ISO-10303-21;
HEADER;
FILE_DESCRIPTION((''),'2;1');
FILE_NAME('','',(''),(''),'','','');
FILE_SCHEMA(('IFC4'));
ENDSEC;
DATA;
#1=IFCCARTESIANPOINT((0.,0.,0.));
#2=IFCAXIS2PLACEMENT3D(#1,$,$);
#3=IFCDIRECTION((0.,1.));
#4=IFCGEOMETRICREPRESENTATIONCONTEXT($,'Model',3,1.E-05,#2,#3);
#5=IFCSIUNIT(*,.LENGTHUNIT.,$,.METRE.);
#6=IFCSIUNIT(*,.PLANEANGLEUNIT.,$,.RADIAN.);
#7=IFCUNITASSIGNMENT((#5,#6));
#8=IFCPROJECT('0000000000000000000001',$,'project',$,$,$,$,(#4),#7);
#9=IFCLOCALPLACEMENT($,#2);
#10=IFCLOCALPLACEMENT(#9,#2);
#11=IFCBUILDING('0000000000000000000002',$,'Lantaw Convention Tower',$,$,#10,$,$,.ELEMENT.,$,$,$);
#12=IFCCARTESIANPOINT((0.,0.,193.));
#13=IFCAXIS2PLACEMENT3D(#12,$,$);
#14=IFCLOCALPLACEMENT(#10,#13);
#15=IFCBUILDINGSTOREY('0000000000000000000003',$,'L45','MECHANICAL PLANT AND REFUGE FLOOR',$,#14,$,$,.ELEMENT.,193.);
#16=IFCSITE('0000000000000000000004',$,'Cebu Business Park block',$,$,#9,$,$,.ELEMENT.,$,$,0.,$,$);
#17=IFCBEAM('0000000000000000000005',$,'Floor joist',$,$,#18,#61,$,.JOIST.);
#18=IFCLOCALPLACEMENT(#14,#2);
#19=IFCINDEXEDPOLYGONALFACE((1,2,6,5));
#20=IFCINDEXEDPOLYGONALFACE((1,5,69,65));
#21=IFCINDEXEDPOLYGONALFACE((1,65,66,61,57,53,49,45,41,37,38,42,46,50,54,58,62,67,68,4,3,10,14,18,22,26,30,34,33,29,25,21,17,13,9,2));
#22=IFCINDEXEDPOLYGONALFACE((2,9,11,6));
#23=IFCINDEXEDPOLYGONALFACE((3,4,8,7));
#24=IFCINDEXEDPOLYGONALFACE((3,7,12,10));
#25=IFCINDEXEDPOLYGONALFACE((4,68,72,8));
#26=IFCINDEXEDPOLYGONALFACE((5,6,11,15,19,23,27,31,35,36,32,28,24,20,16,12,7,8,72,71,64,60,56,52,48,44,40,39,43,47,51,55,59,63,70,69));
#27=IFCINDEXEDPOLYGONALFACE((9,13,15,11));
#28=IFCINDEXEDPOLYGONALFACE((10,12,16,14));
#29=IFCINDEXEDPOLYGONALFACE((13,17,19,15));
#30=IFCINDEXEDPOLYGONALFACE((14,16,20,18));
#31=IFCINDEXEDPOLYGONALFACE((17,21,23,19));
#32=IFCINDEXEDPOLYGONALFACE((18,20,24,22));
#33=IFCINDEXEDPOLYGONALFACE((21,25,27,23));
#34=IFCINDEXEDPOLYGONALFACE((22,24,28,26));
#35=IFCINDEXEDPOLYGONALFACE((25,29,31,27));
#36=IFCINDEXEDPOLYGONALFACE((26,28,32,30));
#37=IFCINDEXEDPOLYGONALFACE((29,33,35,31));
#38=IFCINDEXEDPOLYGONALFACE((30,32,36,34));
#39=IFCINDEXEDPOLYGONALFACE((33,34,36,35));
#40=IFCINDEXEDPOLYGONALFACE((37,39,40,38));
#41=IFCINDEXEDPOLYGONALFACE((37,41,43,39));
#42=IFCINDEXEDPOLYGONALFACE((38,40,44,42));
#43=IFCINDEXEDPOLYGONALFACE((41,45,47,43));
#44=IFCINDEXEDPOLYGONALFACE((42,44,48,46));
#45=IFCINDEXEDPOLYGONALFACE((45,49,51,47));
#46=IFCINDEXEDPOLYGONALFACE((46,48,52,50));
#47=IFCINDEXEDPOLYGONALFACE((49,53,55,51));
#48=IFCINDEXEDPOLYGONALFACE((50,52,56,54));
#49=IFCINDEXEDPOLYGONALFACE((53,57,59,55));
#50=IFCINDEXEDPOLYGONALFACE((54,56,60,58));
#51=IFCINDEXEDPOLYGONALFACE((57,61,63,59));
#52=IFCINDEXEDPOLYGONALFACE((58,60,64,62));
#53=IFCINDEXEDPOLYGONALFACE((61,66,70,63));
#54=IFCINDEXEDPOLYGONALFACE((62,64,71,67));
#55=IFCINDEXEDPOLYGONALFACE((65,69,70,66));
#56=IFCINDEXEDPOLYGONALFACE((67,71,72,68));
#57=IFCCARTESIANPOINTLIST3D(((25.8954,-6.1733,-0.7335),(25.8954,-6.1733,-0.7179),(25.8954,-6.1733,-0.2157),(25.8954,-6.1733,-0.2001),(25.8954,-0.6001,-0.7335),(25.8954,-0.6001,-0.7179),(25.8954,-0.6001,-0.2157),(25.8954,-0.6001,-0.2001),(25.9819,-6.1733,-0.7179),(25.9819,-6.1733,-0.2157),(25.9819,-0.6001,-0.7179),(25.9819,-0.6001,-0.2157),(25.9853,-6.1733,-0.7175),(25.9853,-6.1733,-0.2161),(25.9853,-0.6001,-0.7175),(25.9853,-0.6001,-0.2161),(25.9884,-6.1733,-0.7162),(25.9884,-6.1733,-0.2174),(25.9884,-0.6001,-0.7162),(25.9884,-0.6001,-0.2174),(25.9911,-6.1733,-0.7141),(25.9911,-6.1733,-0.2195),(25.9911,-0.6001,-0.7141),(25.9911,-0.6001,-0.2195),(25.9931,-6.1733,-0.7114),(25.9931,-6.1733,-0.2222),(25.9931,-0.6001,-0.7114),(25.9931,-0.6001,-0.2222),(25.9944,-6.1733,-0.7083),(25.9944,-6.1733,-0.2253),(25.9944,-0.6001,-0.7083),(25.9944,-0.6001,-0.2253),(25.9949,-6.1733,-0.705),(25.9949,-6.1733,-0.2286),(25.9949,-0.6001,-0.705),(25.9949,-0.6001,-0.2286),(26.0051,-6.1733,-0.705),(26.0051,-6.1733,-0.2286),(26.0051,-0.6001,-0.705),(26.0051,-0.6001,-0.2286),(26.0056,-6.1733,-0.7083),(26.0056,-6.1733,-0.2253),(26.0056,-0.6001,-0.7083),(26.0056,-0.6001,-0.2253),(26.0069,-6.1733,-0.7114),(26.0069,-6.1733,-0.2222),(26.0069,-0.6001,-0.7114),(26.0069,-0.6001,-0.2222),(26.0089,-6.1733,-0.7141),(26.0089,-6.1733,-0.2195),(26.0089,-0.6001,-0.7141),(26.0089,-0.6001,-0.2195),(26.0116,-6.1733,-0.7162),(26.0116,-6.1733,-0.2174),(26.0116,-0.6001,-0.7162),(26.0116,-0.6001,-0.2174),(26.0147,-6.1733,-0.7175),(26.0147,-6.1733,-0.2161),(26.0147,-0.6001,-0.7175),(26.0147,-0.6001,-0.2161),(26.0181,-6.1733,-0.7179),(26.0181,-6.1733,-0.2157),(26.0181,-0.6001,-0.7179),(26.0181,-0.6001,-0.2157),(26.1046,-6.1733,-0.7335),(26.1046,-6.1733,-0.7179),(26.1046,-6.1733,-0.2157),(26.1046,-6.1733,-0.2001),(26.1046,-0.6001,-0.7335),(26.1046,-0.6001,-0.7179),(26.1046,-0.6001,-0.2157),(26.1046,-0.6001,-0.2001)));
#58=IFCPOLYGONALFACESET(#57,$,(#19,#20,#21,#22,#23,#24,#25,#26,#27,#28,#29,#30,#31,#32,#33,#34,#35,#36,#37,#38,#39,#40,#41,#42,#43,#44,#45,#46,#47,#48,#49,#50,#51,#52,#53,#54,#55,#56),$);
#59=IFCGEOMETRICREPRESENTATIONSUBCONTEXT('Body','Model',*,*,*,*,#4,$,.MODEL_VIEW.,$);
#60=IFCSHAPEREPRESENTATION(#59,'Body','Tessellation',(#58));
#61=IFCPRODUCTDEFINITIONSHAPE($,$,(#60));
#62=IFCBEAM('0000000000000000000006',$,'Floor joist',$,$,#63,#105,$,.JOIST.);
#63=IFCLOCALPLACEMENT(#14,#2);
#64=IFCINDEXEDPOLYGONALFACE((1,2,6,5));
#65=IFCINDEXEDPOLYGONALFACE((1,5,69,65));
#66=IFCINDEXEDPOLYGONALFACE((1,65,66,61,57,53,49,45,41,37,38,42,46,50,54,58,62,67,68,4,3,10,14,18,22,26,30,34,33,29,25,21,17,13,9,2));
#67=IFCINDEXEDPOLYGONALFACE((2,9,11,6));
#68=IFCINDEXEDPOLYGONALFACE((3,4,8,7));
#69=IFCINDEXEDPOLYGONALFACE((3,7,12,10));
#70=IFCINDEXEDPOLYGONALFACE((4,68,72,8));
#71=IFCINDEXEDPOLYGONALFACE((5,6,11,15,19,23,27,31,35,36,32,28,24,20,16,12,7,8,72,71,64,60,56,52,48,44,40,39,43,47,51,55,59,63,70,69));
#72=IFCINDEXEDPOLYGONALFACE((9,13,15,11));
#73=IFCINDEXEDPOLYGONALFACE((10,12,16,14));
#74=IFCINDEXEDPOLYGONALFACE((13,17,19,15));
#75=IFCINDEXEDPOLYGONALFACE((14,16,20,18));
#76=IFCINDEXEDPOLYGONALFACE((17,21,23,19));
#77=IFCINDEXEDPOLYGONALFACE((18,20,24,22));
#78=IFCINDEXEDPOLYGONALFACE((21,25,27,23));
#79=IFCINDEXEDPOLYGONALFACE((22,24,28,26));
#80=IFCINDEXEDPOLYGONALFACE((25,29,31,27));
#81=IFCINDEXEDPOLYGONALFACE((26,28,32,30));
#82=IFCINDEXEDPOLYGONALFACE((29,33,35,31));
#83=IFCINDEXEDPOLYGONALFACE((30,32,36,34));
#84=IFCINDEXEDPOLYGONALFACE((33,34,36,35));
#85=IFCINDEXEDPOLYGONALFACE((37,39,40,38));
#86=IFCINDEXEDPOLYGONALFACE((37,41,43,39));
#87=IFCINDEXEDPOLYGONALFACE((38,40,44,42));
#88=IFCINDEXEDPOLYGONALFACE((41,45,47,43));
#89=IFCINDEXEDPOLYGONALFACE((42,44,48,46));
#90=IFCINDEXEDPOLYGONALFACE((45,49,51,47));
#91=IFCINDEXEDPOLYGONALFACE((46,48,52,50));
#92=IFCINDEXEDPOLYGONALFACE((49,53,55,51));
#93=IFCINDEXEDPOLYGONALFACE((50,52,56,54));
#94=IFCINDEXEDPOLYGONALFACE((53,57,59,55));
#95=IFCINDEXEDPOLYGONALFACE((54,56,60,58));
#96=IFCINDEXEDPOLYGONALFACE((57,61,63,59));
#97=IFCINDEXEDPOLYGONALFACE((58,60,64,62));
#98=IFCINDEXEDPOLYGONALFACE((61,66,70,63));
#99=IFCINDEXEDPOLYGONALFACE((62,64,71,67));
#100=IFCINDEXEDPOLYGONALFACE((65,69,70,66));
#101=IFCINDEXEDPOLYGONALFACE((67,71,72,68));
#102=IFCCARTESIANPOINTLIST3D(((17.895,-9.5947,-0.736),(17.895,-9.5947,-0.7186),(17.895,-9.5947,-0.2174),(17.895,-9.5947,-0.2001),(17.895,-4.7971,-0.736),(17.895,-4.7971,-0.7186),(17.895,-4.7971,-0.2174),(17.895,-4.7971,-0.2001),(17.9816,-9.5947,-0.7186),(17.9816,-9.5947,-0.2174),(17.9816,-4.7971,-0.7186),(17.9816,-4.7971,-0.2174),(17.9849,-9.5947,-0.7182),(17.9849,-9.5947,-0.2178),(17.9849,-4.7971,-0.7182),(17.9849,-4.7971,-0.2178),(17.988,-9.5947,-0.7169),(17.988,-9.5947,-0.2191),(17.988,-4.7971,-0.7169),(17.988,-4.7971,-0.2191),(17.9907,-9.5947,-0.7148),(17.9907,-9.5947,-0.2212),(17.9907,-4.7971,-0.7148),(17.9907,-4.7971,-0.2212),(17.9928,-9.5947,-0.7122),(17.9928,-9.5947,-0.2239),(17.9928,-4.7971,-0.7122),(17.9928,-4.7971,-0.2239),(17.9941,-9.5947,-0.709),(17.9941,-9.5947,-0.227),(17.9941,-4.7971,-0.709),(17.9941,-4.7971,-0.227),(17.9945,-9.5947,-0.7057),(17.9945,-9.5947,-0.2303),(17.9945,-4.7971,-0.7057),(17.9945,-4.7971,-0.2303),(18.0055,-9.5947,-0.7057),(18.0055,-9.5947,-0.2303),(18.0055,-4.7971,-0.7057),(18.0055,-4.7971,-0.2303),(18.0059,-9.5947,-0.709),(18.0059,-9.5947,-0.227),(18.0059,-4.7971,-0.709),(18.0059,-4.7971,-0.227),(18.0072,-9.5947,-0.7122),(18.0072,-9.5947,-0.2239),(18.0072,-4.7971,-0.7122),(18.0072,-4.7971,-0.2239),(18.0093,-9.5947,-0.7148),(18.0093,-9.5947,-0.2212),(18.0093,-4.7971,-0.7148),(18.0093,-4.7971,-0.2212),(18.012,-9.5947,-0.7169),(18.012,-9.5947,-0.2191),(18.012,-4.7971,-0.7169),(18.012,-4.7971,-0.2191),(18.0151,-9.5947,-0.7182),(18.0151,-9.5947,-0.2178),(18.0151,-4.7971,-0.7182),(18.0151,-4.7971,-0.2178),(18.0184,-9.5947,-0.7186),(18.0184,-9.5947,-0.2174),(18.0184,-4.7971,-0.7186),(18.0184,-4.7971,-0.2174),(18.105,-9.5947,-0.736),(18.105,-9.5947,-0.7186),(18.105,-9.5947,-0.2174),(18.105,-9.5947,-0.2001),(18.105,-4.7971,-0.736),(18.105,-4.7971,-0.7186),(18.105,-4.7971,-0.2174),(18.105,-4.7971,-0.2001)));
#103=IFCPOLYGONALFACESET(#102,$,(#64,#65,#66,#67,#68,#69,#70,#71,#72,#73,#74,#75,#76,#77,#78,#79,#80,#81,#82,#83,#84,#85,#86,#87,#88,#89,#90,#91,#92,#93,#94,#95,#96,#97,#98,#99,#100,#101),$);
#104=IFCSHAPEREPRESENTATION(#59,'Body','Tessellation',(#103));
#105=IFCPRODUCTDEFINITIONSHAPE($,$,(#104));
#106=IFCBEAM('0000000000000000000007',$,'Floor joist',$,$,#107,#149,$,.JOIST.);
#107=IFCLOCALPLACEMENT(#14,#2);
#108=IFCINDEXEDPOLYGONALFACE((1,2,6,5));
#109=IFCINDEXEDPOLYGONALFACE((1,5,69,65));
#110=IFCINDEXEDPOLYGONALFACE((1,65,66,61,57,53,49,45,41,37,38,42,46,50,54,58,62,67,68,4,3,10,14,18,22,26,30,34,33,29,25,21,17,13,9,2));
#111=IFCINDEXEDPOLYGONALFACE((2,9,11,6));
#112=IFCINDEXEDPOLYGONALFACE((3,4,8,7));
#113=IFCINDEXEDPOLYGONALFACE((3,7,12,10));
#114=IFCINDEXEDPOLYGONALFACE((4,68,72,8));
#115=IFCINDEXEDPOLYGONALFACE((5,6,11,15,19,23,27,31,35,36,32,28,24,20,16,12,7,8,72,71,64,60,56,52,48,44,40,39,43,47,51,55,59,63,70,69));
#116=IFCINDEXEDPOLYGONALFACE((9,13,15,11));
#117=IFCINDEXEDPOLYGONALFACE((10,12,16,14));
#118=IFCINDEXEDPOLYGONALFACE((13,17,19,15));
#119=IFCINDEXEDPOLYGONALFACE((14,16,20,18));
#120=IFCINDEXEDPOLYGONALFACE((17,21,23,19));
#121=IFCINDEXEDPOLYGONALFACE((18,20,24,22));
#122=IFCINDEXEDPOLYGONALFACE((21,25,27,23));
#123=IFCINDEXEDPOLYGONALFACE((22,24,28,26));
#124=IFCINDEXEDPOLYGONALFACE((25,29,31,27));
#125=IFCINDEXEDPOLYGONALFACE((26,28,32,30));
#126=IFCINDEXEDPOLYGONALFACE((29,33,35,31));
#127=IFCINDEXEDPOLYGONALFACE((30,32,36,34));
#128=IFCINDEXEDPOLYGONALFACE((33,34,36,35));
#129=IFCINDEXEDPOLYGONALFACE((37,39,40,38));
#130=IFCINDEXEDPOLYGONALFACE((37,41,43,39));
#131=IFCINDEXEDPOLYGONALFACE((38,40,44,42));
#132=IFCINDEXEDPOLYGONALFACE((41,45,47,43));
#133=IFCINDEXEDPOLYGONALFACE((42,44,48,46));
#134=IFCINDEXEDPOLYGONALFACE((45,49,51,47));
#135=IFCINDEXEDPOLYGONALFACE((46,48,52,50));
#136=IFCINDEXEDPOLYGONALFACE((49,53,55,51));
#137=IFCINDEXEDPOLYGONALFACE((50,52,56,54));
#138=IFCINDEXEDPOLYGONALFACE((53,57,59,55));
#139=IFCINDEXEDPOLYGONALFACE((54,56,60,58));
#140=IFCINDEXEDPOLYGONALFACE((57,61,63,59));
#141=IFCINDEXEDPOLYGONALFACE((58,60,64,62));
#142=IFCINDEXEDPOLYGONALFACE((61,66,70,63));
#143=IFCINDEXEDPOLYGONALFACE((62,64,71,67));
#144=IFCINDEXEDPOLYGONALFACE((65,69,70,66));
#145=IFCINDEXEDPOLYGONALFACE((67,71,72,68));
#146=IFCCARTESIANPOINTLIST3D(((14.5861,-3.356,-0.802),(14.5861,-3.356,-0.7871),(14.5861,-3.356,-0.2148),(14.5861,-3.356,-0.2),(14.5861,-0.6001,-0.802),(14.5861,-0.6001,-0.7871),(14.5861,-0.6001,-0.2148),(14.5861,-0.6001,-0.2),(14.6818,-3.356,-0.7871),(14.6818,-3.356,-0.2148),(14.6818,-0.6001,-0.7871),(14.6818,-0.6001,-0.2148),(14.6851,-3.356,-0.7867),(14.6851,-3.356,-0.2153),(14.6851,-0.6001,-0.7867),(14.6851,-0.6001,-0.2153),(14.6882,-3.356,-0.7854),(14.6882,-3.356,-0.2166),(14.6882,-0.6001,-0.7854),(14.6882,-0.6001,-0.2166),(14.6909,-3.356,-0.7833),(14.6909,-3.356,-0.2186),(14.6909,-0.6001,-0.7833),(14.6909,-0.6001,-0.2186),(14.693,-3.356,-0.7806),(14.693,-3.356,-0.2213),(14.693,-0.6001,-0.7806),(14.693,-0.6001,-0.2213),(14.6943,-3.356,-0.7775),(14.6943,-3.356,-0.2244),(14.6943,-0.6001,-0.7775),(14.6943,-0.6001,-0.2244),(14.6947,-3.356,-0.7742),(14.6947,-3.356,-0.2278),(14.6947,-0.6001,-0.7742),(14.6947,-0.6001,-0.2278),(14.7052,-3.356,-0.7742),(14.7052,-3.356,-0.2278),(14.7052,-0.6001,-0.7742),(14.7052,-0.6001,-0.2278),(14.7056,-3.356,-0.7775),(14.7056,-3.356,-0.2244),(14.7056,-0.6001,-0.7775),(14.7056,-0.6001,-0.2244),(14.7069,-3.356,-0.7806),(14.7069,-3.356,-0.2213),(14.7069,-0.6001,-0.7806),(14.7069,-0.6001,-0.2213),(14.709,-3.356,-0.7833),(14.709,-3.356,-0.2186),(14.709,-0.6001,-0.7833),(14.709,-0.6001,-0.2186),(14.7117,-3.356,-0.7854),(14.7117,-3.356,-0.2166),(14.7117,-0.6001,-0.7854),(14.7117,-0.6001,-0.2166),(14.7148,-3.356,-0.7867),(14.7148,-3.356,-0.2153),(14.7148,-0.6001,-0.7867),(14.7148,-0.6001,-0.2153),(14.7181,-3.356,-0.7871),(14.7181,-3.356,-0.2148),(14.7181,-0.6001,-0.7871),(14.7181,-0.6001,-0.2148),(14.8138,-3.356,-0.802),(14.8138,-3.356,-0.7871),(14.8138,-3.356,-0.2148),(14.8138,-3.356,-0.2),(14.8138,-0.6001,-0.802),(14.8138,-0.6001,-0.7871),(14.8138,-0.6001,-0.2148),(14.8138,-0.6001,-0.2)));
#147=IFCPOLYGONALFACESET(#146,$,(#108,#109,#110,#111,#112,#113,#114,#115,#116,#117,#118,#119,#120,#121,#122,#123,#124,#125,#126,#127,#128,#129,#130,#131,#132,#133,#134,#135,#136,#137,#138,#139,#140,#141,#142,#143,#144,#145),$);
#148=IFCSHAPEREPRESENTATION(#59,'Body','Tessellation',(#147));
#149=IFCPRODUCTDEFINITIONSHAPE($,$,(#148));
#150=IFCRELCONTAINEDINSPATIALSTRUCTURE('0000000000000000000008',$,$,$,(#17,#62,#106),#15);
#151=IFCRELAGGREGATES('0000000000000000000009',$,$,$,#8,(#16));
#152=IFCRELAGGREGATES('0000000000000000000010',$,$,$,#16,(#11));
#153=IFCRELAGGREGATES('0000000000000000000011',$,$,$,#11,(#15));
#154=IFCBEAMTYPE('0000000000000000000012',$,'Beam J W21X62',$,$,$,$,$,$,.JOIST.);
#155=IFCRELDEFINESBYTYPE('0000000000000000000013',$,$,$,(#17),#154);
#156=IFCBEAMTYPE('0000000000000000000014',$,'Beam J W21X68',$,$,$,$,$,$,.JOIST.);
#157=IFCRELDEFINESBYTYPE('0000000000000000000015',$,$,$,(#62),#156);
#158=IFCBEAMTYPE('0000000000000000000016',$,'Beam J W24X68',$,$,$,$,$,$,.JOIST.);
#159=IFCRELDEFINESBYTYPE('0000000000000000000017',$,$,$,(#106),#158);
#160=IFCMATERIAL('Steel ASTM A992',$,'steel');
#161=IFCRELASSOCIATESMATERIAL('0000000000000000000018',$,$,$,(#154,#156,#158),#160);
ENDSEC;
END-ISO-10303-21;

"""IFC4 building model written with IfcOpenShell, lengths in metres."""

from ifc_helpers import new_model, si_unit, direction, frame, origin, origin_2d, place, context, subcontext, project, spatial, i_section, extrude, material, material_profile, profile_set, type_object, element, save


model = new_model("IFC4")

# Units and contexts
model_context = context("Model", 3, precision=1e-05, world=origin(), true_north=direction((0.0, 1.0)))
body_context = subcontext(model_context, "Body", "Model", "MODEL_VIEW")
ifc_project = project(units=[si_unit("LENGTHUNIT", "METRE"), si_unit("PLANEANGLEUNIT", "RADIAN")], contexts=[model_context])

# Site, building, storey
site_placement = place(None, origin())
site = spatial("IfcSite", under=ifc_project, at=site_placement, Name="Cebu Business Park block", CompositionType="ELEMENT", RefElevation=0.0)
building_placement = place(site_placement, origin())
building = spatial("IfcBuilding", under=site, at=building_placement, Name="Lantaw Convention Tower", CompositionType="ELEMENT")
storey_placement = place(building_placement, frame((0.0, 0.0, 193.0)))
storey = spatial("IfcBuildingStorey", under=building, at=storey_placement, Name="L45", Description="MECHANICAL PLANT AND REFUGE FLOOR", CompositionType="ELEMENT", Elevation=193.0)

# Beams
ifc_material_1 = material(Name="Steel ASTM A992", Category="steel")
ifc_material_profile_1 = material_profile(ifc_material_1, i_section(OverallWidth=0.2092, OverallDepth=0.5334, WebThickness=0.0103, FlangeThickness=0.0156, FilletRadius=0.0129, at=origin_2d()), Name="W21X62")
ifc_profile_set_1 = profile_set([ifc_material_profile_1], Name="Steel ASTM A992")
beam_type_1 = type_object("IfcBeamType", Name="Beam J W21X62", PredefinedType="JOIST", material=ifc_profile_set_1)
beam_1_placement = place(storey_placement, frame((26.0, -6.1733, -0.4668), z_axis=(0.0, 1.0, 0.0), x_axis=(-1.0, 0.0, 0.0)))
element("IfcBeam", 1, at=beam_1_placement, inside=storey, type_object=beam_type_1, Name="Floor joist", PredefinedType="JOIST", context=body_context, shape_type="SweptSolid", body=[
    extrude(i_section(OverallWidth=0.2092, OverallDepth=0.5334, WebThickness=0.0103, FlangeThickness=0.0156, FilletRadius=0.0129, at=origin_2d()), origin(), (0.0, 0.0, 1.0), 5.5732),
])
ifc_material_profile_2 = material_profile(ifc_material_1, i_section(OverallWidth=0.21, OverallDepth=0.5359, WebThickness=0.011, FlangeThickness=0.0173, FilletRadius=0.0129, at=origin_2d()), Name="W21X68")
ifc_profile_set_2 = profile_set([ifc_material_profile_2], Name="Steel ASTM A992")
beam_type_2 = type_object("IfcBeamType", Name="Beam J W21X68", PredefinedType="JOIST", material=ifc_profile_set_2)
beam_2_placement = place(storey_placement, frame((18.0, -9.5947, -0.468), z_axis=(0.0, 1.0, 0.0), x_axis=(-1.0, 0.0, 0.0)))
element("IfcBeam", 2, at=beam_2_placement, inside=storey, type_object=beam_type_2, Name="Floor joist", PredefinedType="JOIST", context=body_context, shape_type="SweptSolid", body=[
    extrude(i_section(OverallWidth=0.21, OverallDepth=0.5359, WebThickness=0.011, FlangeThickness=0.0173, FilletRadius=0.0129, at=origin_2d()), origin(), (0.0, 0.0, 1.0), 4.7976),
])
ifc_material_profile_3 = material_profile(ifc_material_1, i_section(OverallWidth=0.2278, OverallDepth=0.6021, WebThickness=0.0105, FlangeThickness=0.0149, FilletRadius=0.0129, at=origin_2d()), Name="W24X68")
ifc_profile_set_3 = profile_set([ifc_material_profile_3], Name="Steel ASTM A992")
beam_type_3 = type_object("IfcBeamType", Name="Beam J W24X68", PredefinedType="JOIST", material=ifc_profile_set_3)
beam_3_placement = place(storey_placement, frame((14.7, -3.356, -0.501), z_axis=(0.0, 1.0, 0.0), x_axis=(-1.0, 0.0, 0.0)))
element("IfcBeam", 3, at=beam_3_placement, inside=storey, type_object=beam_type_3, Name="Floor joist", PredefinedType="JOIST", context=body_context, shape_type="SweptSolid", body=[
    extrude(i_section(OverallWidth=0.2278, OverallDepth=0.6021, WebThickness=0.0105, FlangeThickness=0.0149, FilletRadius=0.0129, at=origin_2d()), origin(), (0.0, 0.0, 1.0), 2.7559),
])

save(model, "model.ifc")
